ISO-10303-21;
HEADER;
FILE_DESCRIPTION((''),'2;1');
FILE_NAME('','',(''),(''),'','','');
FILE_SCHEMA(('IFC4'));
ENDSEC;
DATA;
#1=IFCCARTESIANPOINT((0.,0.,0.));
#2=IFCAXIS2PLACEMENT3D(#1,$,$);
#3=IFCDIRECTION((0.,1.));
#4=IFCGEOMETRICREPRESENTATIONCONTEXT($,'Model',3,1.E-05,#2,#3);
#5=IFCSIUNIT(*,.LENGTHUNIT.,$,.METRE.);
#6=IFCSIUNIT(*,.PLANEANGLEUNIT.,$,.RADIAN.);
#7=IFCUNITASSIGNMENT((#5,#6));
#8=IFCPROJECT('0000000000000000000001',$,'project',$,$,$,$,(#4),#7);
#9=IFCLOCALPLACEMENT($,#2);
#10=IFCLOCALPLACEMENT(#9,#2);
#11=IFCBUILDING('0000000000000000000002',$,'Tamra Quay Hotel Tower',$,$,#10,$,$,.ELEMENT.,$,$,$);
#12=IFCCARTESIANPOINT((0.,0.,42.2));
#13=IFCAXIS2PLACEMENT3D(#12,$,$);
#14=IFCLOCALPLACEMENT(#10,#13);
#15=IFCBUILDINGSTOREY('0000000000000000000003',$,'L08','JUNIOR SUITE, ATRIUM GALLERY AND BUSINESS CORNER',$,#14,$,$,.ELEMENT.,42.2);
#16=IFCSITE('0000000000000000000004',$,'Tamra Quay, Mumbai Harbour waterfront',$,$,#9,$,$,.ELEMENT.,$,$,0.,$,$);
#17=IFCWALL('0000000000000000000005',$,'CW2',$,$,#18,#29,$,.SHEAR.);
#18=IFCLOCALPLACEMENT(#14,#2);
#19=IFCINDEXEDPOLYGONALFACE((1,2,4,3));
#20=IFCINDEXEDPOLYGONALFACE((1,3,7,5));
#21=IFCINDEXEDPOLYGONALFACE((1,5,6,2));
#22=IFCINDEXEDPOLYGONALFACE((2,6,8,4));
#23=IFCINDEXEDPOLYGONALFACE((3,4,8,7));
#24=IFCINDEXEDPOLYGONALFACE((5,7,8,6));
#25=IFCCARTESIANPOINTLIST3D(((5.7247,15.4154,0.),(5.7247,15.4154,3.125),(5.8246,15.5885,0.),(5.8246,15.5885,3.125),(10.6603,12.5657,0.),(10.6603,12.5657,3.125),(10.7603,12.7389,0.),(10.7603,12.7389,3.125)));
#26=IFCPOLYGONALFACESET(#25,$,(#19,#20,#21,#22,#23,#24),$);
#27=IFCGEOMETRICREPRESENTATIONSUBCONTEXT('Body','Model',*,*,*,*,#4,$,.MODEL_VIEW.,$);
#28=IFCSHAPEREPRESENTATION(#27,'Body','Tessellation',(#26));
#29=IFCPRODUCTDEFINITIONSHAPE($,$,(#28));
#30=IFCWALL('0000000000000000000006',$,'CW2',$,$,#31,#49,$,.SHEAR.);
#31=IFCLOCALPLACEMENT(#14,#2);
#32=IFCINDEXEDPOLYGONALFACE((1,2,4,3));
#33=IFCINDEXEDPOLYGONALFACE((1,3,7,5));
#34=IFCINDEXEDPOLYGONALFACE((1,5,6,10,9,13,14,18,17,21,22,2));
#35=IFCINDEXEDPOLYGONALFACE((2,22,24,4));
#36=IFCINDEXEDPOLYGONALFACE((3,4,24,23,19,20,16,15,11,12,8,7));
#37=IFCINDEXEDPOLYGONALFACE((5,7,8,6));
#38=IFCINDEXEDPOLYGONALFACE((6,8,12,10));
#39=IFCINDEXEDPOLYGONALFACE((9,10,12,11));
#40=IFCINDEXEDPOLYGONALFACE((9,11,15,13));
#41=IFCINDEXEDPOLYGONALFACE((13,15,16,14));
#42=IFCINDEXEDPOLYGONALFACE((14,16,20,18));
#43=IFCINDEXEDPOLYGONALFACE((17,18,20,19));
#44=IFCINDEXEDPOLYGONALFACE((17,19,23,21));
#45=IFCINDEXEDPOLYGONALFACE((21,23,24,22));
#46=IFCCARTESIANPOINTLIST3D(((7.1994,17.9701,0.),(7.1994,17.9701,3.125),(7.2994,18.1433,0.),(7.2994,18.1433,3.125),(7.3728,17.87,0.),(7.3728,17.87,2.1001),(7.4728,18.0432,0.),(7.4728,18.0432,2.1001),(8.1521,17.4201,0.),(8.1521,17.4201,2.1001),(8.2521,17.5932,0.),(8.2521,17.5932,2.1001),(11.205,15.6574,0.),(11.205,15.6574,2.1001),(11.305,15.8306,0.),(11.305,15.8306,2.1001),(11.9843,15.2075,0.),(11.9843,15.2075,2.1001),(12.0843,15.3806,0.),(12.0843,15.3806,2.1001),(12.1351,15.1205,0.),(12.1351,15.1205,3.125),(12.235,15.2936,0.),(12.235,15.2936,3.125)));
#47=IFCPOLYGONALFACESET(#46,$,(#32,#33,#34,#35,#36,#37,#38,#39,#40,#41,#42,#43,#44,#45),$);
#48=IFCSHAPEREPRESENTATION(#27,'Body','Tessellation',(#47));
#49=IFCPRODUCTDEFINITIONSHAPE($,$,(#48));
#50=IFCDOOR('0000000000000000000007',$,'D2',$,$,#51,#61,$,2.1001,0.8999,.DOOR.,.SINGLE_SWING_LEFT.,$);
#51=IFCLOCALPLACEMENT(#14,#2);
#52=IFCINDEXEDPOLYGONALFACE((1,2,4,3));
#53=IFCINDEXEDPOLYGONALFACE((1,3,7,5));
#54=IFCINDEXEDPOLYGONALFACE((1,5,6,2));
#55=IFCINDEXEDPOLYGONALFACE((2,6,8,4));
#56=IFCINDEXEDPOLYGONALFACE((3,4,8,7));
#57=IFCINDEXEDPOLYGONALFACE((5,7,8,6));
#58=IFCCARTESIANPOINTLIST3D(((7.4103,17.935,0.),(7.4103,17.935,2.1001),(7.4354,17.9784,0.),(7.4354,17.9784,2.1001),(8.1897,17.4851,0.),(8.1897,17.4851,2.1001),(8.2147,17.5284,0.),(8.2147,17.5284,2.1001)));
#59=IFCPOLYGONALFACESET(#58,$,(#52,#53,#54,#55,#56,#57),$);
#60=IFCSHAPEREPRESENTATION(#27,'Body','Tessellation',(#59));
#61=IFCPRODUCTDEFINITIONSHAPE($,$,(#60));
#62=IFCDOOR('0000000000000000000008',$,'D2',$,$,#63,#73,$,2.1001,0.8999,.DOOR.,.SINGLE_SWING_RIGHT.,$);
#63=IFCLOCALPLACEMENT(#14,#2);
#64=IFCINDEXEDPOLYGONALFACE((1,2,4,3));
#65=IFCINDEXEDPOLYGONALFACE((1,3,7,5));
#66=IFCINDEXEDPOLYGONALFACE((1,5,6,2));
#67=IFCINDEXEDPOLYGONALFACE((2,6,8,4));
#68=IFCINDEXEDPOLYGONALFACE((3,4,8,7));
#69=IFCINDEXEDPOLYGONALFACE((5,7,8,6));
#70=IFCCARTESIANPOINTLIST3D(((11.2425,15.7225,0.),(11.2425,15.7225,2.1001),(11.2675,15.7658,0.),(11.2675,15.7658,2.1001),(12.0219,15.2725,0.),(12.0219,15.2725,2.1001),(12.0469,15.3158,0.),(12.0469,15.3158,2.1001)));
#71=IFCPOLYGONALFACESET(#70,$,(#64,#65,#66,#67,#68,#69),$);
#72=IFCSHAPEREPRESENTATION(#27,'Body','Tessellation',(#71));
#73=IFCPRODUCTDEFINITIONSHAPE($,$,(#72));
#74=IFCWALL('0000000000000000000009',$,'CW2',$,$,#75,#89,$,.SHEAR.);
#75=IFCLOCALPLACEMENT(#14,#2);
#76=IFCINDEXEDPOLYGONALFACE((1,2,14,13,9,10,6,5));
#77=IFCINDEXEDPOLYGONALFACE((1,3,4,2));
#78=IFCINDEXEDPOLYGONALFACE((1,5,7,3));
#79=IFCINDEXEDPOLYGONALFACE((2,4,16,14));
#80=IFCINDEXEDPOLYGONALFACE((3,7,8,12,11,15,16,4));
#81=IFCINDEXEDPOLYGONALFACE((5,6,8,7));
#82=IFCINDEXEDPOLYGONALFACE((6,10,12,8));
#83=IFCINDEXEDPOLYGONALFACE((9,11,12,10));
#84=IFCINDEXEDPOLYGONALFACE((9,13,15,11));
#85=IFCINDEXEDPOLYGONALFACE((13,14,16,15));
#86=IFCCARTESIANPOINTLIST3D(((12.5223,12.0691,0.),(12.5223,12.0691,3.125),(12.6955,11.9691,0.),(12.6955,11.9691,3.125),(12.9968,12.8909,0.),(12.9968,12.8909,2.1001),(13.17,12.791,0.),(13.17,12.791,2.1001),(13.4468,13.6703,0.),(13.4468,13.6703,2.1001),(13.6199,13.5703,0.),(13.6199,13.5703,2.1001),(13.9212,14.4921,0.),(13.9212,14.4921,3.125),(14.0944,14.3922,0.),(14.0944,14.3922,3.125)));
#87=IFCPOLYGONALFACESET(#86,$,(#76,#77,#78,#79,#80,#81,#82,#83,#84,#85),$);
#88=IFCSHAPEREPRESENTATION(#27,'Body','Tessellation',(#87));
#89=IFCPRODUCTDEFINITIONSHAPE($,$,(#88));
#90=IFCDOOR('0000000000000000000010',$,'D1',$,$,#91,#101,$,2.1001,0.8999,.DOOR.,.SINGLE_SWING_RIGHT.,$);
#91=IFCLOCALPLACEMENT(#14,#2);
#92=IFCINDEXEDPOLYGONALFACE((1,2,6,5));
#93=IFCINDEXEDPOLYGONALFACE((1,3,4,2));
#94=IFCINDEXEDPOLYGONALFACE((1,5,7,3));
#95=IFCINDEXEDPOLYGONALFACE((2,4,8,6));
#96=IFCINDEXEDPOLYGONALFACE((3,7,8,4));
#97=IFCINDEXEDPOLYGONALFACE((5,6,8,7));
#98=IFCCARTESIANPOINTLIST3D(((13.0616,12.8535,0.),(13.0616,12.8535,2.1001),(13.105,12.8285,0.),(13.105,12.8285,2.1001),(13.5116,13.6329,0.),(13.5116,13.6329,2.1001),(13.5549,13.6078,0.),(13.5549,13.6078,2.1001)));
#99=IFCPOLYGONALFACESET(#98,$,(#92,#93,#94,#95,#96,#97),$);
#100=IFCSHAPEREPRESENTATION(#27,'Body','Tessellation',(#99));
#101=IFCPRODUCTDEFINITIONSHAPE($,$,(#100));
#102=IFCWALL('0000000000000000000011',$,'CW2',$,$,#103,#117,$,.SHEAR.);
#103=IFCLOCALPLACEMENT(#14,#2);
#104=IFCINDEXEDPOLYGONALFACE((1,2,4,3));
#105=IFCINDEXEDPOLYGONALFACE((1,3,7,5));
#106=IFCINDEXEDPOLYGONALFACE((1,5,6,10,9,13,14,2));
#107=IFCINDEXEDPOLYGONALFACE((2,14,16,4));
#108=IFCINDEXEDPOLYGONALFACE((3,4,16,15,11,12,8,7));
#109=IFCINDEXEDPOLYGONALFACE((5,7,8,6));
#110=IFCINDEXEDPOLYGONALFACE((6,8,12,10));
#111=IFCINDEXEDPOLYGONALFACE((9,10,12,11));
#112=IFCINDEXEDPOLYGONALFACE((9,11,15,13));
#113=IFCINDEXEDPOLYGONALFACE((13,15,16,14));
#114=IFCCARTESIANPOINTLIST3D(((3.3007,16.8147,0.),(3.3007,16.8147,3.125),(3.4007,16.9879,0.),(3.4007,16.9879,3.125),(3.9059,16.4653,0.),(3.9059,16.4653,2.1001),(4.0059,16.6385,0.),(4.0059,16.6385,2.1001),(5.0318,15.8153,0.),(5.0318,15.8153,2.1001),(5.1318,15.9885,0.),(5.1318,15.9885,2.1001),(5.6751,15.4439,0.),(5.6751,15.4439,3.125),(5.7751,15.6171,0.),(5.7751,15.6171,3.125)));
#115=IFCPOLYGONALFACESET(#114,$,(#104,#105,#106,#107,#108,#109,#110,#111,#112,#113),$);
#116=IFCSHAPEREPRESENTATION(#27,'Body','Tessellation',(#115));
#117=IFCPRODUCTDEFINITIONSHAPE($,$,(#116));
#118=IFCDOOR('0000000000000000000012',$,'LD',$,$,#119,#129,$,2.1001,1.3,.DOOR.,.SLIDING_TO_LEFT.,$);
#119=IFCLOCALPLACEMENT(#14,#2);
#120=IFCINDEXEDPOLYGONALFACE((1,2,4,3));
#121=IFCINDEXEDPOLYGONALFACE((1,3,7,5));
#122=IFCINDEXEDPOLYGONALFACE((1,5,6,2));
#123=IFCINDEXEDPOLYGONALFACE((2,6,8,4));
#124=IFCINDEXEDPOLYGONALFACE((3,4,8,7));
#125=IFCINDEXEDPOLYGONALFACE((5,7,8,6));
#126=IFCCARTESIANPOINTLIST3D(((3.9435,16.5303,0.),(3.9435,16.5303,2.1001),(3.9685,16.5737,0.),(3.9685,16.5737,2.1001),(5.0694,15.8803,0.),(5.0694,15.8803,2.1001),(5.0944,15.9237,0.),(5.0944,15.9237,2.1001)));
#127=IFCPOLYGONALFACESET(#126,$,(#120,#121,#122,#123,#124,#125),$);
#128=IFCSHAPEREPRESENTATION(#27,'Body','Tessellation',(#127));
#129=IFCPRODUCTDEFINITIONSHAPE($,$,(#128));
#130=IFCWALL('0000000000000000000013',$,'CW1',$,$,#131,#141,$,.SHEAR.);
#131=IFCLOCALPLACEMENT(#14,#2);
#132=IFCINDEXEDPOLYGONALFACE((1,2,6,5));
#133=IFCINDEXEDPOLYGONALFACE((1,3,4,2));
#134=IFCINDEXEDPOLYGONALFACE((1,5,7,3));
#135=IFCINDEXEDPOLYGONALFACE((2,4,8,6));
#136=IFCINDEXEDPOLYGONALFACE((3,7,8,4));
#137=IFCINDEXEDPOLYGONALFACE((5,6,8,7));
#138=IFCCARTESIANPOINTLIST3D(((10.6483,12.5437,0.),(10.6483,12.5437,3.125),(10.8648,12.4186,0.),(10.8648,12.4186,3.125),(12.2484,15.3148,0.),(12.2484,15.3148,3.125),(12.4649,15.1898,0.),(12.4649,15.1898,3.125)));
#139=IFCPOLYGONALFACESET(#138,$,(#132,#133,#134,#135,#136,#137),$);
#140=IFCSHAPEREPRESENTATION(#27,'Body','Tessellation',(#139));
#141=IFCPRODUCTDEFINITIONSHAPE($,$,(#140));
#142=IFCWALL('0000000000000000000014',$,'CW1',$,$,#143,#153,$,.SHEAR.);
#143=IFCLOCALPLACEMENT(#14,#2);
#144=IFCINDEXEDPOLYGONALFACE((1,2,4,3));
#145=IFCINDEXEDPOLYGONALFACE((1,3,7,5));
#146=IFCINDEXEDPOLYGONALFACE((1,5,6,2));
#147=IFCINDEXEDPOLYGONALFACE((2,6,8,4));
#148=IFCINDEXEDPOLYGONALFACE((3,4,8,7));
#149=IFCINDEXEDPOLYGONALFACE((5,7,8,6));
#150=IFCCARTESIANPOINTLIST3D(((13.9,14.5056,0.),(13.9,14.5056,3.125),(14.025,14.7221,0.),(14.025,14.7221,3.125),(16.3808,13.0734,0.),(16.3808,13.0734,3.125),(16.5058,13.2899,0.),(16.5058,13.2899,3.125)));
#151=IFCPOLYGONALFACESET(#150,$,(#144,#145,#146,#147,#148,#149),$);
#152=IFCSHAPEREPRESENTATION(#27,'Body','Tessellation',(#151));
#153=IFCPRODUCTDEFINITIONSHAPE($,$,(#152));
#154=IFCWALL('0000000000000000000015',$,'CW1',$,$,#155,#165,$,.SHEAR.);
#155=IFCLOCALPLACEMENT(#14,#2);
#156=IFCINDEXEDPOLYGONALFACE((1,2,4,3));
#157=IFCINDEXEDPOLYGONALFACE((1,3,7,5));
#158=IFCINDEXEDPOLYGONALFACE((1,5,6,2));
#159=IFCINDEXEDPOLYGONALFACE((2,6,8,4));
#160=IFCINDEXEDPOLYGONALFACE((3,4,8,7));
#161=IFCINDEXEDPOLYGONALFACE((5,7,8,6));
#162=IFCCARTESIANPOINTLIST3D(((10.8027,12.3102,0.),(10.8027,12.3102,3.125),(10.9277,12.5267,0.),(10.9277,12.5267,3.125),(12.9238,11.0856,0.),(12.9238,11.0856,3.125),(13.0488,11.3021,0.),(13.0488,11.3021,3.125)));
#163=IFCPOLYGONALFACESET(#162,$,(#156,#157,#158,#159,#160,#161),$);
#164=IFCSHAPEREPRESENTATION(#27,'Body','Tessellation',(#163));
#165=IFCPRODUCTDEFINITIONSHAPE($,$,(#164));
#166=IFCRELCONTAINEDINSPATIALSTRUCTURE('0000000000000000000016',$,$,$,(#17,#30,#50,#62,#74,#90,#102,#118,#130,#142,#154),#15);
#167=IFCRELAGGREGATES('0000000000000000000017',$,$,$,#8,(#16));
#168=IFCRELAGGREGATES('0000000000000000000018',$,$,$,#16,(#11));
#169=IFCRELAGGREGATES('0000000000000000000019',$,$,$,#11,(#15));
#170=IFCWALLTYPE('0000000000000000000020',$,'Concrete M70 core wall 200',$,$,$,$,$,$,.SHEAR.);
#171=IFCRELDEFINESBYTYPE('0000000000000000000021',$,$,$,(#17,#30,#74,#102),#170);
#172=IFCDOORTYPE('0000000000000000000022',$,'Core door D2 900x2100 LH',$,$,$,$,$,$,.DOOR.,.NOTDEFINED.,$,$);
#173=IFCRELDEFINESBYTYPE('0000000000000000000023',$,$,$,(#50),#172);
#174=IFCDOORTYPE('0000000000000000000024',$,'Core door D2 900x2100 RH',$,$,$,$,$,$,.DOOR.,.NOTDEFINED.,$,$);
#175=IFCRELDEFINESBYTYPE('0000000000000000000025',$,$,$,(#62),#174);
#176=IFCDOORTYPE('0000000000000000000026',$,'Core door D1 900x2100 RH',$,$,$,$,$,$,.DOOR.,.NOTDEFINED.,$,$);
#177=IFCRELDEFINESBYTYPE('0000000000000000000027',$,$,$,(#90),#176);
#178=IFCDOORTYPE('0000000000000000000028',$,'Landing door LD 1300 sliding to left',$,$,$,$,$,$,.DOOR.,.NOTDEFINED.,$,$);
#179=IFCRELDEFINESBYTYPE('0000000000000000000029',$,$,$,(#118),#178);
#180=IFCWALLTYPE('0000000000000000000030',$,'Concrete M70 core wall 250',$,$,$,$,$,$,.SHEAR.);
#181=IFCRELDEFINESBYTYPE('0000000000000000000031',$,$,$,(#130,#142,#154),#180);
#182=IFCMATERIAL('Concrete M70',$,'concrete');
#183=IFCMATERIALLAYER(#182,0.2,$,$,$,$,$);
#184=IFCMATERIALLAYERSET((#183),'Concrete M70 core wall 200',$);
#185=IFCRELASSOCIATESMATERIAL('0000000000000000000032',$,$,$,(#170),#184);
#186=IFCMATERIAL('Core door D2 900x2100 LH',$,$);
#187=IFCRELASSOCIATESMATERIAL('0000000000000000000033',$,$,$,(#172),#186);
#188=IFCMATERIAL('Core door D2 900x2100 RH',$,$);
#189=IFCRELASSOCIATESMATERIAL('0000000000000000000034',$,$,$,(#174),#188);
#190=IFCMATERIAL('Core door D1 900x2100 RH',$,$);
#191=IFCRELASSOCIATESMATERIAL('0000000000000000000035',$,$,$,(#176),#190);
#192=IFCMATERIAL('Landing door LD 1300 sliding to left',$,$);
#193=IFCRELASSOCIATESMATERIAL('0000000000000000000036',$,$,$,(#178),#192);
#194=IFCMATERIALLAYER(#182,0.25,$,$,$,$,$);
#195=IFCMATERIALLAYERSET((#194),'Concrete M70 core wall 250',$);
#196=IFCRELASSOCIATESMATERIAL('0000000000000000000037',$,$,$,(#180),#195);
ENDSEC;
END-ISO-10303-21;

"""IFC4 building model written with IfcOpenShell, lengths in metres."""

from ifc_helpers import new_model, si_unit, direction, frame, frame_2d, origin, place, context, subcontext, project, spatial, rectangle, extrude, material, layer, layer_set, type_object, element, fill, save


model = new_model("IFC4")

# Units and contexts
model_context = context("Model", 3, precision=1e-05, world=origin(), true_north=direction((0.0, 1.0)))
body_context = subcontext(model_context, "Body", "Model", "MODEL_VIEW")
ifc_project = project(units=[si_unit("LENGTHUNIT", "METRE"), si_unit("PLANEANGLEUNIT", "RADIAN")], contexts=[model_context])

# Site, building, storey
site_placement = place(None, origin())
site = spatial("IfcSite", under=ifc_project, at=site_placement, Name="Tamra Quay, Mumbai Harbour waterfront", CompositionType="ELEMENT", RefElevation=0.0)
building_placement = place(site_placement, origin())
building = spatial("IfcBuilding", under=site, at=building_placement, Name="Tamra Quay Hotel Tower", CompositionType="ELEMENT")
storey_placement = place(building_placement, frame((0.0, 0.0, 42.2)))
storey = spatial("IfcBuildingStorey", under=building, at=storey_placement, Name="L08", Description="JUNIOR SUITE, ATRIUM GALLERY AND BUSINESS CORNER", CompositionType="ELEMENT", Elevation=42.2)

# Wall
ifc_material_1 = material(Name="Concrete M70", Category="concrete")
ifc_layer_1 = layer(ifc_material_1, 0.2)
ifc_layer_set_1 = layer_set([ifc_layer_1], Name="Concrete M70 core wall 200")
wall_type_1 = type_object("IfcWallType", Name="Concrete M70 core wall 200", PredefinedType="SHEAR", material=ifc_layer_set_1)
wall_1_placement = place(storey_placement, frame((5.7747, 15.502, 0.0), z_axis=(0.0, 0.0, 1.0), x_axis=(0.86602, -0.500009, 0.0)))
element("IfcWall", 1, at=wall_1_placement, inside=storey, type_object=wall_type_1, Name="CW2", PredefinedType="SHEAR", context=body_context, shape_type="SweptSolid", body=[
    extrude(rectangle(XDim=5.6992, YDim=0.2, at=frame_2d((2.8496, 0.0))), origin(), (0.0, 0.0, 1.0), 3.125),
])

# Wall, openings, doors
wall_2_placement = place(storey_placement, frame((12.1851, 15.207, 0.0), z_axis=(0.0, 0.0, 1.0), x_axis=(-0.86602, 0.500009, 0.0)))
wall_2 = element("IfcWall", 2, at=wall_2_placement, inside=storey, type_object=wall_type_1, Name="CW2", PredefinedType="SHEAR", context=body_context, shape_type="SweptSolid", body=[
    extrude(rectangle(XDim=5.6992, YDim=0.2, at=frame_2d((2.8496, 0.0))), origin(), (0.0, 0.0, 1.0), 3.125),
])
opening_1_placement = place(wall_2_placement, frame((0.1741, 0.0, 0.0)))
opening_1 = element("IfcOpeningElement", 3, at=opening_1_placement, cuts=wall_2, PredefinedType="OPENING", context=body_context, shape_type="SweptSolid", body=[
    extrude(rectangle(XDim=0.8999, YDim=2.1001, at=frame_2d((0.45, 1.05))), frame((0.0, 0.1099, 0.0), z_axis=(0.0, -1.0, 0.0), x_axis=(1.0, 0.0, 0.0)), (0.0, 0.0, 1.0), 0.22),
])
opening_2_placement = place(wall_2_placement, frame((4.5991, 0.0, 0.0)))
opening_2 = element("IfcOpeningElement", 4, at=opening_2_placement, cuts=wall_2, PredefinedType="OPENING", context=body_context, shape_type="SweptSolid", body=[
    extrude(rectangle(XDim=0.8999, YDim=2.1001, at=frame_2d((0.45, 1.05))), frame((0.0, 0.1099, 0.0), z_axis=(0.0, -1.0, 0.0), x_axis=(1.0, 0.0, 0.0)), (0.0, 0.0, 1.0), 0.22),
])
ifc_material_2 = material(Name="Core door D2 900x2100 LH")
door_type_1 = type_object("IfcDoorType", Name="Core door D2 900x2100 LH", OperationType="NOTDEFINED", PredefinedType="DOOR", material=ifc_material_2)
door_1_placement = place(opening_2_placement, origin())
door_1 = element("IfcDoor", 5, at=door_1_placement, inside=storey, type_object=door_type_1, Name="D2", OperationType="SINGLE_SWING_LEFT", OverallHeight=2.1001, OverallWidth=0.8999, PredefinedType="DOOR", context=body_context, shape_type="SweptSolid", body=[
    extrude(rectangle(XDim=0.8999, YDim=2.1001, at=frame_2d((0.45, 1.05))), frame((0.0, 0.0249, 0.0), z_axis=(0.0, -1.0, 0.0), x_axis=(1.0, 0.0, 0.0)), (0.0, 0.0, 1.0), 0.05),
])
fill(opening_2, door_1)
ifc_material_3 = material(Name="Core door D2 900x2100 RH")
door_type_2 = type_object("IfcDoorType", Name="Core door D2 900x2100 RH", OperationType="NOTDEFINED", PredefinedType="DOOR", material=ifc_material_3)
door_2_placement = place(opening_1_placement, origin())
door_2 = element("IfcDoor", 6, at=door_2_placement, inside=storey, type_object=door_type_2, Name="D2", OperationType="SINGLE_SWING_RIGHT", OverallHeight=2.1001, OverallWidth=0.8999, PredefinedType="DOOR", context=body_context, shape_type="SweptSolid", body=[
    extrude(rectangle(XDim=0.8999, YDim=2.1001, at=frame_2d((0.45, 1.05))), frame((0.0, 0.0249, 0.0), z_axis=(0.0, -1.0, 0.0), x_axis=(1.0, 0.0, 0.0)), (0.0, 0.0, 1.0), 0.05),
])
fill(opening_1, door_2)

# Walls, openings, doors
wall_3_placement = place(storey_placement, frame((14.0078, 14.4421, 0.0), z_axis=(0.0, 0.0, 1.0), x_axis=(-0.499987, -0.866033, 0.0)))
wall_3 = element("IfcWall", 7, at=wall_3_placement, inside=storey, type_object=wall_type_1, Name="CW2", PredefinedType="SHEAR", context=body_context, shape_type="SweptSolid", body=[
    extrude(rectangle(XDim=2.7979, YDim=0.2, at=frame_2d((1.3989, 0.0))), origin(), (0.0, 0.0, 1.0), 3.125),
])
opening_3_placement = place(wall_3_placement, frame((0.949, 0.0, 0.0)))
opening_3 = element("IfcOpeningElement", 8, at=opening_3_placement, cuts=wall_3, PredefinedType="OPENING", context=body_context, shape_type="SweptSolid", body=[
    extrude(rectangle(XDim=0.8999, YDim=2.1001, at=frame_2d((0.45, 1.05))), frame((0.0, 0.1099, 0.0), z_axis=(0.0, -1.0, 0.0), x_axis=(1.0, 0.0, 0.0)), (0.0, 0.0, 1.0), 0.22),
])
ifc_material_4 = material(Name="Core door D1 900x2100 RH")
door_type_3 = type_object("IfcDoorType", Name="Core door D1 900x2100 RH", OperationType="NOTDEFINED", PredefinedType="DOOR", material=ifc_material_4)
door_3_placement = place(opening_3_placement, origin())
door_3 = element("IfcDoor", 9, at=door_3_placement, inside=storey, type_object=door_type_3, Name="D1", OperationType="SINGLE_SWING_RIGHT", OverallHeight=2.1001, OverallWidth=0.8999, PredefinedType="DOOR", context=body_context, shape_type="SweptSolid", body=[
    extrude(rectangle(XDim=0.8999, YDim=2.1001, at=frame_2d((0.45, 1.05))), frame((0.0, 0.0249, 0.0), z_axis=(0.0, -1.0, 0.0), x_axis=(1.0, 0.0, 0.0)), (0.0, 0.0, 1.0), 0.05),
])
fill(opening_3, door_3)
wall_4_placement = place(storey_placement, frame((5.7251, 15.5305, 0.0), z_axis=(0.0, 0.0, 1.0), x_axis=(-0.866037, 0.499979, 0.0)))
wall_4 = element("IfcWall", 10, at=wall_4_placement, inside=storey, type_object=wall_type_1, Name="CW2", PredefinedType="SHEAR", context=body_context, shape_type="SweptSolid", body=[
    extrude(rectangle(XDim=2.7417, YDim=0.2, at=frame_2d((1.3708, 0.0))), origin(), (0.0, 0.0, 1.0), 3.125),
])
opening_4_placement = place(wall_4_placement, frame((0.7429, 0.0, 0.0)))
opening_4 = element("IfcOpeningElement", 11, at=opening_4_placement, cuts=wall_4, PredefinedType="OPENING", context=body_context, shape_type="SweptSolid", body=[
    extrude(rectangle(XDim=1.3, YDim=2.1001, at=frame_2d((0.6499, 1.05))), frame((0.0, 0.1099, 0.0), z_axis=(0.0, -1.0, 0.0), x_axis=(1.0, 0.0, 0.0)), (0.0, 0.0, 1.0), 0.22),
])
ifc_material_5 = material(Name="Landing door LD 1300 sliding to left")
door_type_4 = type_object("IfcDoorType", Name="Landing door LD 1300 sliding to left", OperationType="NOTDEFINED", PredefinedType="DOOR", material=ifc_material_5)
door_4_placement = place(opening_4_placement, origin())
door_4 = element("IfcDoor", 12, at=door_4_placement, inside=storey, type_object=door_type_4, Name="LD", OperationType="SLIDING_TO_LEFT", OverallHeight=2.1001, OverallWidth=1.3, PredefinedType="DOOR", context=body_context, shape_type="SweptSolid", body=[
    extrude(rectangle(XDim=1.3, YDim=2.1001, at=frame_2d((0.6499, 1.05))), frame((0.0, 0.0249, 0.0), z_axis=(0.0, -1.0, 0.0), x_axis=(1.0, 0.0, 0.0)), (0.0, 0.0, 1.0), 0.05),
])
fill(opening_4, door_4)

# Walls
ifc_layer_2 = layer(ifc_material_1, 0.25)
ifc_layer_set_2 = layer_set([ifc_layer_2], Name="Concrete M70 core wall 250")
wall_type_2 = type_object("IfcWallType", Name="Concrete M70 core wall 250", PredefinedType="SHEAR", material=ifc_layer_set_2)
wall_5_placement = place(storey_placement, frame((12.3567, 15.2524, 0.0), z_axis=(0.0, 0.0, 1.0), x_axis=(-0.500028, -0.866009, 0.0)))
element("IfcWall", 13, at=wall_5_placement, inside=storey, type_object=wall_type_2, Name="CW1", PredefinedType="SHEAR", context=body_context, shape_type="SweptSolid", body=[
    extrude(rectangle(XDim=3.2, YDim=0.25, at=frame_2d((1.6001, 0.0))), origin(), (0.0, 0.0, 1.0), 3.125),
])
wall_6_placement = place(storey_placement, frame((13.9626, 14.6138, 0.0), z_axis=(0.0, 0.0, 1.0), x_axis=(0.866042, -0.499971, 0.0)))
element("IfcWall", 14, at=wall_6_placement, inside=storey, type_object=wall_type_2, Name="CW1", PredefinedType="SHEAR", context=body_context, shape_type="SweptSolid", body=[
    extrude(rectangle(XDim=2.8645, YDim=0.25, at=frame_2d((1.4321, 0.0))), origin(), (0.0, 0.0, 1.0), 3.125),
])
wall_7_placement = place(storey_placement, frame((10.8652, 12.4185, 0.0), z_axis=(0.0, 0.0, 1.0), x_axis=(0.866026, -0.499999, 0.0)))
element("IfcWall", 15, at=wall_7_placement, inside=storey, type_object=wall_type_2, Name="CW1", PredefinedType="SHEAR", context=body_context, shape_type="SweptSolid", body=[
    extrude(rectangle(XDim=2.4492, YDim=0.25, at=frame_2d((1.2246, 0.0))), origin(), (0.0, 0.0, 1.0), 3.125),
])

save(model, "model.ifc")
